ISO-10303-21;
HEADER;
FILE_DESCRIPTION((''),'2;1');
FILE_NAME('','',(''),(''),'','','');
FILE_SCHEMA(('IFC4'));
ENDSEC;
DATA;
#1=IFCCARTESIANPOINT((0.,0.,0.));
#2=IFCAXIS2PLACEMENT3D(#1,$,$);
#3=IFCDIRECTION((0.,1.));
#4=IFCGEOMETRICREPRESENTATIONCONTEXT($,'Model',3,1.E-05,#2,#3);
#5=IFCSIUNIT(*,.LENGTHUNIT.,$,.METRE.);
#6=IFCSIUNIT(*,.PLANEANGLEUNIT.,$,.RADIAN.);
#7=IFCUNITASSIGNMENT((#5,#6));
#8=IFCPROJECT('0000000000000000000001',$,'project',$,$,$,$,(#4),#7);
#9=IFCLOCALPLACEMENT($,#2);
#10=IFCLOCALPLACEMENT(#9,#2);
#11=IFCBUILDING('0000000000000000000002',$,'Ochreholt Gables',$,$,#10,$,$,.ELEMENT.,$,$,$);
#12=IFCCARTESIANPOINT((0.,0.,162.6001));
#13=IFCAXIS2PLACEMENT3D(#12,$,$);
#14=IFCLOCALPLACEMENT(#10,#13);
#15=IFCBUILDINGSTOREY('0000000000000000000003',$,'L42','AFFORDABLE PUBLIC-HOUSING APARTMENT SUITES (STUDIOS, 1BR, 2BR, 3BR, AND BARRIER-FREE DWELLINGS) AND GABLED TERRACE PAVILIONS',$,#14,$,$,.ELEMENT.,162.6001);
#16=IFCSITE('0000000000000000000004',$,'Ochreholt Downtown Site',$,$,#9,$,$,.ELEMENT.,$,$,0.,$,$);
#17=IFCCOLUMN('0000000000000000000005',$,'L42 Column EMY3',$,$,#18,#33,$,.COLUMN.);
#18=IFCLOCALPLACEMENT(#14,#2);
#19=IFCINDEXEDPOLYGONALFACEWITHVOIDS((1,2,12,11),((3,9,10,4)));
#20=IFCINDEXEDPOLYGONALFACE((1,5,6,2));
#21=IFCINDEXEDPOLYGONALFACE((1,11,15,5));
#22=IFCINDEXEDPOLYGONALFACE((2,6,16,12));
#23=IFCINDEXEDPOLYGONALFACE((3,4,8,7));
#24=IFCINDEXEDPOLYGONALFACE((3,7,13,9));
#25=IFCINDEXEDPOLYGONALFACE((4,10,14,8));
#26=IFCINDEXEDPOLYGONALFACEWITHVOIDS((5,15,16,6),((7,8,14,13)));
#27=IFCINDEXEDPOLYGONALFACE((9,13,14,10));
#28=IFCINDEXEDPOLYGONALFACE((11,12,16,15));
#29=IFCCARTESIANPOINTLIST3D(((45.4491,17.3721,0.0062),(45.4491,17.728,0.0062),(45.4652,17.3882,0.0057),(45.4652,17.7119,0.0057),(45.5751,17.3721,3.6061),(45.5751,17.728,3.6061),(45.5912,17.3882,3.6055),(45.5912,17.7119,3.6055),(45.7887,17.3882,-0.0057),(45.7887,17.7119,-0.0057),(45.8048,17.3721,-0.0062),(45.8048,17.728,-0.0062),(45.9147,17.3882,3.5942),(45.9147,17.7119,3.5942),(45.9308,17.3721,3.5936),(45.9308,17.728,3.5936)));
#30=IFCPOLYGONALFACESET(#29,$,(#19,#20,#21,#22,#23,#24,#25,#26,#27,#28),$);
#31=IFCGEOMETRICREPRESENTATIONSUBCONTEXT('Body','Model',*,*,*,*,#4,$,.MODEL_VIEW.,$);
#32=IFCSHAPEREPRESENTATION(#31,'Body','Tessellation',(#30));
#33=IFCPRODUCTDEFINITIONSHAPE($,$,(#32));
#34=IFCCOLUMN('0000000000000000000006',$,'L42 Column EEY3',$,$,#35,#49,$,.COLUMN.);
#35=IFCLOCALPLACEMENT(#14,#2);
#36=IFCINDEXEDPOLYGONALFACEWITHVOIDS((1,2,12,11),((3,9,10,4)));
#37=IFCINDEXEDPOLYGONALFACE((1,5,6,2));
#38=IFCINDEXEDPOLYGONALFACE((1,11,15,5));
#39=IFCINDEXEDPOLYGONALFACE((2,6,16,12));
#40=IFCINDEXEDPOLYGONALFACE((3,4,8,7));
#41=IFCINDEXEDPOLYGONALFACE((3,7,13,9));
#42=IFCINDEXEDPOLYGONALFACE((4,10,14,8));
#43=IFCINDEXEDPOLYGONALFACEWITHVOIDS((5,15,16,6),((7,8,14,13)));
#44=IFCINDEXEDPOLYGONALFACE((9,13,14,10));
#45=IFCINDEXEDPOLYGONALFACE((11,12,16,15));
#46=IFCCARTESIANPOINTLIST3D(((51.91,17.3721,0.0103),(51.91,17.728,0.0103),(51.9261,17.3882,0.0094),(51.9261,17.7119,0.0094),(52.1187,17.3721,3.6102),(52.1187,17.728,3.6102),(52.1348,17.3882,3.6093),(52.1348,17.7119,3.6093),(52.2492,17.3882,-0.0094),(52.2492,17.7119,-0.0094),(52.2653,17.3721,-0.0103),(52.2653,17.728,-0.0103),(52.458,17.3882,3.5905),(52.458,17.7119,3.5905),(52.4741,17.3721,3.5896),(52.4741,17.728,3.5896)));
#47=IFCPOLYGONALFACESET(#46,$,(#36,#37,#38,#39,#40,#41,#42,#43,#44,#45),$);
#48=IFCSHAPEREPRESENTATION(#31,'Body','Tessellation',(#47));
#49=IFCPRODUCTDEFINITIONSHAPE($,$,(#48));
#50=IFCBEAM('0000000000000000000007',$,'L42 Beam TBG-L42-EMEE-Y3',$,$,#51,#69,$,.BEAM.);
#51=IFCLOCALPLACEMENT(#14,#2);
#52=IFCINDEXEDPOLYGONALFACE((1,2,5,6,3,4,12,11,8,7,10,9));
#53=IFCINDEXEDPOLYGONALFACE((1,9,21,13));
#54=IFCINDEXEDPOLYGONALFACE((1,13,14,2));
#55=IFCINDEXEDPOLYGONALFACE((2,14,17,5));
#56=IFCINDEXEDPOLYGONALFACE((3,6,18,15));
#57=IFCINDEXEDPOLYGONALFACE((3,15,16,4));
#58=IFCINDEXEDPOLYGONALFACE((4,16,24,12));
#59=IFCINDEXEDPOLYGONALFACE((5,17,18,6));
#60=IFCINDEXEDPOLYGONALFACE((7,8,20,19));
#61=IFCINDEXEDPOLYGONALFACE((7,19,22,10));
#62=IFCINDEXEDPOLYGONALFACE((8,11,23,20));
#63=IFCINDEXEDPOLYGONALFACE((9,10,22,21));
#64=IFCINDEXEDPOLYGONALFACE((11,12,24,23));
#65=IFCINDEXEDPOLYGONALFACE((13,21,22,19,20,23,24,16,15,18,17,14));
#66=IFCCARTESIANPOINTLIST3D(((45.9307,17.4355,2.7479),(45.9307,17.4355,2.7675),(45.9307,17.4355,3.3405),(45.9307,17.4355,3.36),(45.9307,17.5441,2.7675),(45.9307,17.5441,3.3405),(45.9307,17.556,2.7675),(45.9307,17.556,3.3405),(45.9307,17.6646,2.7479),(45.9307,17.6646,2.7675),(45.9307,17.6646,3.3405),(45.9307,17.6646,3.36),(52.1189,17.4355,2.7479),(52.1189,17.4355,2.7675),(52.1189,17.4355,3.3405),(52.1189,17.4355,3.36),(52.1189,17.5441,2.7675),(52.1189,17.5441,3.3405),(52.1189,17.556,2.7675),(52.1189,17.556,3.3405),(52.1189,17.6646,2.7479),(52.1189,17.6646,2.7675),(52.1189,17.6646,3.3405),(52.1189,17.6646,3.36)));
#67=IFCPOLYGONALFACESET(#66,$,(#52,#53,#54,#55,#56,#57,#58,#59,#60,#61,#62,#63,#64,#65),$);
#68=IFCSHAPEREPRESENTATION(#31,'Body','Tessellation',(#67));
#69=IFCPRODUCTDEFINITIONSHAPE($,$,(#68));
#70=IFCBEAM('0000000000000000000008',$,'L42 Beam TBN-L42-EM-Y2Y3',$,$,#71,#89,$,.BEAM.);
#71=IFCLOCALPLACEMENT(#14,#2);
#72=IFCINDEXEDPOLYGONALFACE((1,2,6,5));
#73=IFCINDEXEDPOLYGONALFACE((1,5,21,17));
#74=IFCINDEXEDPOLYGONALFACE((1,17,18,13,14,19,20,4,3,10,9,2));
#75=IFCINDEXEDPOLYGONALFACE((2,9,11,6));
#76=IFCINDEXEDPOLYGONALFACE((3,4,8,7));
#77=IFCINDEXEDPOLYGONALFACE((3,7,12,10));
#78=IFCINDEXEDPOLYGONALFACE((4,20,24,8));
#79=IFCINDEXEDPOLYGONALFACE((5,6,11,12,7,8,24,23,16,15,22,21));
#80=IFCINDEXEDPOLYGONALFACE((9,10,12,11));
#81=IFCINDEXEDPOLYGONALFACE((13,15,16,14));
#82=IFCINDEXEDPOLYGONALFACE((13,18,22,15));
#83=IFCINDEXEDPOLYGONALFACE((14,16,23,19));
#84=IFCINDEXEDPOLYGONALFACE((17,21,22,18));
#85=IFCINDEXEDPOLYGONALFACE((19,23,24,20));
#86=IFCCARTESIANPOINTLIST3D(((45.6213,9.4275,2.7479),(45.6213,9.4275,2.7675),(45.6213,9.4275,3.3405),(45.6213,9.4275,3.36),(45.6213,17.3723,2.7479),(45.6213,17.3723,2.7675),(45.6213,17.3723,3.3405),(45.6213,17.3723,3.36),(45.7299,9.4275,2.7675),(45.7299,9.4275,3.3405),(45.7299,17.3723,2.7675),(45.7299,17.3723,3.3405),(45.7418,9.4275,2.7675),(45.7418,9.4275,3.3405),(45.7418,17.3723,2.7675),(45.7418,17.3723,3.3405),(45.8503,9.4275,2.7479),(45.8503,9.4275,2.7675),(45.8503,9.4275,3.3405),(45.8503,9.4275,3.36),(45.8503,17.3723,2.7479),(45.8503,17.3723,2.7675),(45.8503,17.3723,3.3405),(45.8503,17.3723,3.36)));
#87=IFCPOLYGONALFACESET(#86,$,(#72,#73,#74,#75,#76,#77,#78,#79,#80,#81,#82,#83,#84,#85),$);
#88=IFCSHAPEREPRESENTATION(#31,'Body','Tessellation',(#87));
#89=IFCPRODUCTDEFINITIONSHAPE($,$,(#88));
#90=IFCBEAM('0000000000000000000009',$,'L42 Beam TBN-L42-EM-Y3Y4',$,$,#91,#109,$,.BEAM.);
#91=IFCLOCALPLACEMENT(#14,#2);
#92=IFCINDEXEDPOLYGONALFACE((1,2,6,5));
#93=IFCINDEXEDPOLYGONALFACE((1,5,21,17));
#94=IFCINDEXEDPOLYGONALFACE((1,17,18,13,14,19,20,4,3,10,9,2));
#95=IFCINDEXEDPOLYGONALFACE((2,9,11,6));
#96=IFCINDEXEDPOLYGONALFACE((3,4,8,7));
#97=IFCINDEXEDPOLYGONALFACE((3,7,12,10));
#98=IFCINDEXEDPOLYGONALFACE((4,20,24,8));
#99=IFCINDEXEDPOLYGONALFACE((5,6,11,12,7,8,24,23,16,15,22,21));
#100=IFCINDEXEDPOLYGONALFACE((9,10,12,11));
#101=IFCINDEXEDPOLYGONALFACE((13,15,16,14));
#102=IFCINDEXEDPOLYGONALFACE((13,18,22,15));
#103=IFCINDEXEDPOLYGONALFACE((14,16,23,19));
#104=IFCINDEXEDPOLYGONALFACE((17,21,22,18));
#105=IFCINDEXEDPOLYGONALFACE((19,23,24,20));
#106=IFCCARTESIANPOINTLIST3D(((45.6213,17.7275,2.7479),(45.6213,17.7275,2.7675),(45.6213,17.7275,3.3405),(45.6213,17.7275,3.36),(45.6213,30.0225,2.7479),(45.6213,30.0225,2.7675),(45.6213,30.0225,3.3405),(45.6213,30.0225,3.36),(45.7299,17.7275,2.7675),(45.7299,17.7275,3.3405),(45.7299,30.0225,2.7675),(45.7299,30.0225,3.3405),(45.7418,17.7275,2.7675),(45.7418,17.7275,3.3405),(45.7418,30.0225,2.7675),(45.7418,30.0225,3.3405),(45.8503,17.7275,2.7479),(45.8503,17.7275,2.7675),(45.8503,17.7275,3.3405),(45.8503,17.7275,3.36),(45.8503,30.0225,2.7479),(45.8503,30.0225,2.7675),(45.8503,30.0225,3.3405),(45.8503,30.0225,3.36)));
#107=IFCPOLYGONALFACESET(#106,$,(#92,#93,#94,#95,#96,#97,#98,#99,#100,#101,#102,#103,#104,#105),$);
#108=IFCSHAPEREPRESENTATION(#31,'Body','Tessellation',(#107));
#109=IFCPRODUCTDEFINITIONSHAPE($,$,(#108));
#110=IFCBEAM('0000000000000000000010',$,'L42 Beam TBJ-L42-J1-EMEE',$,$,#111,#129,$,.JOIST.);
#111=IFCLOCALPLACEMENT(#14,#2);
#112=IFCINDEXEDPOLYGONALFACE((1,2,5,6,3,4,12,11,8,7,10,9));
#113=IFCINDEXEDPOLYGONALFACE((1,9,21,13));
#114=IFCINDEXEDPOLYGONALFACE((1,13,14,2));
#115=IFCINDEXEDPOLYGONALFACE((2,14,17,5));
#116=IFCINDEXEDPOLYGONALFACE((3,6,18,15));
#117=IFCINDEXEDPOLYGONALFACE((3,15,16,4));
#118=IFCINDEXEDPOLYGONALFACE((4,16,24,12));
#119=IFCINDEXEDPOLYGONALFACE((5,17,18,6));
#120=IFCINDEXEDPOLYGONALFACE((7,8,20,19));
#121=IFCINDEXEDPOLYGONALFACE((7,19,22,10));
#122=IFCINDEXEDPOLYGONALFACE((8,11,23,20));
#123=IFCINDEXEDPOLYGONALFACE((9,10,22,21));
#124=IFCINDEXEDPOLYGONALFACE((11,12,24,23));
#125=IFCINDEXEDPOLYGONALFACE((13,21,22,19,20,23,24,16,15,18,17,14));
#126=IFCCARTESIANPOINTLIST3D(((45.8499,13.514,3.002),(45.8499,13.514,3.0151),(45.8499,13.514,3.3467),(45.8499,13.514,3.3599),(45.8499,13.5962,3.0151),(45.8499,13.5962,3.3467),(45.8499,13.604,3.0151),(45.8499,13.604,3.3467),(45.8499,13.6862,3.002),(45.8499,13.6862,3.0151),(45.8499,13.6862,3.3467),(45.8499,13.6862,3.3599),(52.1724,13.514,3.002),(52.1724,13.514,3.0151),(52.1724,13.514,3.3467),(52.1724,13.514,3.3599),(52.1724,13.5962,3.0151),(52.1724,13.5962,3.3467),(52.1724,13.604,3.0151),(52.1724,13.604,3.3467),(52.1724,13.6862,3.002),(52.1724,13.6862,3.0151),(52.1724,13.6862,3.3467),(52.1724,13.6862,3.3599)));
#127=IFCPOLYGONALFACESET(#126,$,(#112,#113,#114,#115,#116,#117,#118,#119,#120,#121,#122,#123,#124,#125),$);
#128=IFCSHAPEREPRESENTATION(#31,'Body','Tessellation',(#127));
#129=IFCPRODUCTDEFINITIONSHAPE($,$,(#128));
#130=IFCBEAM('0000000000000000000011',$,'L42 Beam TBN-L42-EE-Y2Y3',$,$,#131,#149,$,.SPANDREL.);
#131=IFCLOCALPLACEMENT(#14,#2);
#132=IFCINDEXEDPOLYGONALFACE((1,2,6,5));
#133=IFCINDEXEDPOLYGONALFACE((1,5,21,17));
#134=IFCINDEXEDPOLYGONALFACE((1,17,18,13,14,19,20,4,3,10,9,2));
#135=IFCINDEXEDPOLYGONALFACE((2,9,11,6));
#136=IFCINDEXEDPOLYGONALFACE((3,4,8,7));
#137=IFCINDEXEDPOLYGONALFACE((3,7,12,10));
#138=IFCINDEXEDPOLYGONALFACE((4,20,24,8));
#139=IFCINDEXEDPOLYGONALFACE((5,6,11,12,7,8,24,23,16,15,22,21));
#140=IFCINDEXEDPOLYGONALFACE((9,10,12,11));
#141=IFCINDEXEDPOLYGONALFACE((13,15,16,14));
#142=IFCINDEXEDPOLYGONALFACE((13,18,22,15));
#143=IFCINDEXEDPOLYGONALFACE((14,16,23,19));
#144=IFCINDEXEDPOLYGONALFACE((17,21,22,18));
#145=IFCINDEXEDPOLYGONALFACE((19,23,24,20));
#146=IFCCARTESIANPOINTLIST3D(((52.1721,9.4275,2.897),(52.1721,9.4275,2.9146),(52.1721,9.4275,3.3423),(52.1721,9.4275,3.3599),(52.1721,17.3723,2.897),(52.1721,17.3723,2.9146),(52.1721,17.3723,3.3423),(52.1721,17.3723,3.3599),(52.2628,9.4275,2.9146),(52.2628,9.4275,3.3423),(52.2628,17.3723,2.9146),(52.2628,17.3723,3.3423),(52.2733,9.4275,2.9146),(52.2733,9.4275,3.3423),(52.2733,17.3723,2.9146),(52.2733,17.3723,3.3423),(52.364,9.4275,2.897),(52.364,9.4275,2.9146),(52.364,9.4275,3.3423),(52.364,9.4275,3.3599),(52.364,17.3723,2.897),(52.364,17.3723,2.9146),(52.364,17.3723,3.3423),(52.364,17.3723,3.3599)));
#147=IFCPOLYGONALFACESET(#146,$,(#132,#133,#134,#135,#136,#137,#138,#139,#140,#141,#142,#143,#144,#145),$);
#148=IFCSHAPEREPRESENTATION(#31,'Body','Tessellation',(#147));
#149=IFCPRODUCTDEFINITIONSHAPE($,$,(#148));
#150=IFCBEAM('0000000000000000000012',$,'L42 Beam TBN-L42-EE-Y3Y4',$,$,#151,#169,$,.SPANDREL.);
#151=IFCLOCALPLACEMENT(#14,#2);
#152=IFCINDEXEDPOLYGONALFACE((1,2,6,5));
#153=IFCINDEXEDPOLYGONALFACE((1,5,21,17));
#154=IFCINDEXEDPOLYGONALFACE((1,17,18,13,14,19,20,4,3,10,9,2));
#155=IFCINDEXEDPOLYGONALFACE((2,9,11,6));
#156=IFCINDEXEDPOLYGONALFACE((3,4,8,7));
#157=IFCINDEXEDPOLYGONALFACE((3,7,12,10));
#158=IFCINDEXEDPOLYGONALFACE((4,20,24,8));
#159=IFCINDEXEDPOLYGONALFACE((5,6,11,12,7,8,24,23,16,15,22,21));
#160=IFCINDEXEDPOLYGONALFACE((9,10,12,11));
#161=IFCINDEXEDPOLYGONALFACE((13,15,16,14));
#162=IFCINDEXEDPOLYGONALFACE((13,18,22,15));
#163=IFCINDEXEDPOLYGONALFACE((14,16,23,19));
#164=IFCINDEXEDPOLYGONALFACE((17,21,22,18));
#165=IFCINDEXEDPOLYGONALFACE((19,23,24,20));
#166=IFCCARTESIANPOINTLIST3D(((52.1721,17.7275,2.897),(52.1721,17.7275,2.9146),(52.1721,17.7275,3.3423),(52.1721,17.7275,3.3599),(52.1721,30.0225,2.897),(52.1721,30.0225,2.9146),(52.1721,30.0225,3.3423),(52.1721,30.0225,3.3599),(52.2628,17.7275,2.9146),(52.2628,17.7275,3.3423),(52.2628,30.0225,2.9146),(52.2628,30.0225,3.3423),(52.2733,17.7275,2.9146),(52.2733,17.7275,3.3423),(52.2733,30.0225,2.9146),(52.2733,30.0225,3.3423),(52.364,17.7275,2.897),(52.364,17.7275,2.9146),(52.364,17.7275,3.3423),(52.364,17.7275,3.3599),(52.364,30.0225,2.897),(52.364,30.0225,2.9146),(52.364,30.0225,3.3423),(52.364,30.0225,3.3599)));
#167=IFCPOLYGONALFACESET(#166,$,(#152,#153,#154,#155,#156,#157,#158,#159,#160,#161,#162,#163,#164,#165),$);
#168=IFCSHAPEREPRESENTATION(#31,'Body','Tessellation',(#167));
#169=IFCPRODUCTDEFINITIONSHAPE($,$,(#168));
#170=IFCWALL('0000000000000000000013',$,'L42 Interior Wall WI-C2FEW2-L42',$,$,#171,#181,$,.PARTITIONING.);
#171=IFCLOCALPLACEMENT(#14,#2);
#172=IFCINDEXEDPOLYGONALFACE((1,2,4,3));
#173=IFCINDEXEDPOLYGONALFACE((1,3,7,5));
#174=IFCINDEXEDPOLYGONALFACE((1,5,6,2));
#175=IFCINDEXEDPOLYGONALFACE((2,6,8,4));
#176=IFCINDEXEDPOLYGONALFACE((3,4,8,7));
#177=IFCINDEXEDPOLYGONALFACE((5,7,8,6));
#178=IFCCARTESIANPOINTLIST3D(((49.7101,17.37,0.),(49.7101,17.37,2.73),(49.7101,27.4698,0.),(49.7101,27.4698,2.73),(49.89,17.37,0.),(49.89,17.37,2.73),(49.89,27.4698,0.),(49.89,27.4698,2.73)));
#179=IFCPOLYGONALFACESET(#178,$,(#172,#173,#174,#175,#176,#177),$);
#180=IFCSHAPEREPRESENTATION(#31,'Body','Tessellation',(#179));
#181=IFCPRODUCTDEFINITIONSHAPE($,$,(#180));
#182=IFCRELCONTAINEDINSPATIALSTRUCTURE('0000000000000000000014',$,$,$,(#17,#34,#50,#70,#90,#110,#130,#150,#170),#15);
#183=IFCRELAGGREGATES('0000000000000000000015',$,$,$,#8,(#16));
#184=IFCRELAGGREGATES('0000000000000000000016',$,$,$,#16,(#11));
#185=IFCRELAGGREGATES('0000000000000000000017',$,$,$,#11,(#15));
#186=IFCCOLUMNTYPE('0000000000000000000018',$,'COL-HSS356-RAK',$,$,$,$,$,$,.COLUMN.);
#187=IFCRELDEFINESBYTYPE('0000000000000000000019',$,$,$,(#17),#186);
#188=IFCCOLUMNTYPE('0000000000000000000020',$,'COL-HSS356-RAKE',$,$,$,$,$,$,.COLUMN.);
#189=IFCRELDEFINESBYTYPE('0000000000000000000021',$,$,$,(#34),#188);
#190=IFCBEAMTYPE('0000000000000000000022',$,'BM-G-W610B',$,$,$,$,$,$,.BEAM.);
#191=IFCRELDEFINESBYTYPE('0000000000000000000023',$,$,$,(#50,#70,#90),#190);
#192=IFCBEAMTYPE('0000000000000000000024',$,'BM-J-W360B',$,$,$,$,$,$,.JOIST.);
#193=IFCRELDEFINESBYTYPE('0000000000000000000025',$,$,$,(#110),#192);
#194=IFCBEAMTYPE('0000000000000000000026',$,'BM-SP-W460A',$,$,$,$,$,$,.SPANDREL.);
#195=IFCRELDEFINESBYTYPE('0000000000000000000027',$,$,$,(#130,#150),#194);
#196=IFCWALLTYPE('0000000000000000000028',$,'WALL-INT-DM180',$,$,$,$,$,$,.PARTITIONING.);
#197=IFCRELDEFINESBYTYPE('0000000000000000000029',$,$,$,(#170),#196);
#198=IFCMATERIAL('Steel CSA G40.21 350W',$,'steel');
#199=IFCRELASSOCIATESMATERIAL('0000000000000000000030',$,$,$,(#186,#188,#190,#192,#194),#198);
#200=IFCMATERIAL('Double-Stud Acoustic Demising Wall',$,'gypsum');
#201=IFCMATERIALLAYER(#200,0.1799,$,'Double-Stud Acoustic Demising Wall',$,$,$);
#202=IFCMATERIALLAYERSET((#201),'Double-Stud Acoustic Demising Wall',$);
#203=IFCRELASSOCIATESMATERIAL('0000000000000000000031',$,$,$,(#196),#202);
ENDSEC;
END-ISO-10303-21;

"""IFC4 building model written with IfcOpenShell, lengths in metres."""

from ifc_helpers import new_model, si_unit, direction, frame, frame_2d, origin, origin_2d, place, context, subcontext, project, spatial, rectangle, hollow_rectangle, i_section, extrude, material, layer, layer_set, material_profile, profile_set, type_object, element, save


model = new_model("IFC4")

# Units and contexts
model_context = context("Model", 3, precision=1e-05, world=origin(), true_north=direction((0.0, 1.0)))
body_context = subcontext(model_context, "Body", "Model", "MODEL_VIEW")
ifc_project = project(units=[si_unit("LENGTHUNIT", "METRE"), si_unit("PLANEANGLEUNIT", "RADIAN")], contexts=[model_context])

# Site, building, storey
site_placement = place(None, origin())
site = spatial("IfcSite", under=ifc_project, at=site_placement, Name="Ochreholt Downtown Site", CompositionType="ELEMENT", RefElevation=0.0)
building_placement = place(site_placement, origin())
building = spatial("IfcBuilding", under=site, at=building_placement, Name="Ochreholt Gables", CompositionType="ELEMENT")
storey_placement = place(building_placement, frame((0.0, 0.0, 162.6001)))
storey = spatial("IfcBuildingStorey", under=building, at=storey_placement, Name="L42", Description="AFFORDABLE PUBLIC-HOUSING APARTMENT SUITES (STUDIOS, 1BR, 2BR, 3BR, AND BARRIER-FREE DWELLINGS) AND GABLED TERRACE PAVILIONS", CompositionType="ELEMENT", Elevation=162.6001)

# Columns
ifc_material_1 = material(Name="Steel CSA G40.21 350W", Category="steel")
ifc_material_profile_1 = material_profile(ifc_material_1, hollow_rectangle(XDim=0.356, YDim=0.356, WallThickness=0.0161, at=origin_2d()), Name="HSS356X356X16")
ifc_profile_set_1 = profile_set([ifc_material_profile_1], Name="Steel CSA G40.21 350W")
column_type_1 = type_object("IfcColumnType", Name="COL-HSS356-RAK", PredefinedType="COLUMN", material=ifc_profile_set_1)
column_1_placement = place(storey_placement, frame((45.627, 17.55, 0.0), z_axis=(0.034974, 0.0, 0.999388), x_axis=(0.0, 1.0, 0.0)))
element("IfcColumn", 1, at=column_1_placement, inside=storey, type_object=column_type_1, Name="L42 Column EMY3", PredefinedType="COLUMN", context=body_context, shape_type="SweptSolid", body=[
    extrude(hollow_rectangle(XDim=0.356, YDim=0.356, WallThickness=0.0161, at=origin_2d()), origin(), (0.0, 0.0, 1.0), 3.6021),
])
ifc_material_profile_2 = material_profile(ifc_material_1, hollow_rectangle(XDim=0.356, YDim=0.356, WallThickness=0.0161, at=origin_2d()), Name="HSS356X356X16")
ifc_profile_set_2 = profile_set([ifc_material_profile_2], Name="Steel CSA G40.21 350W")
column_type_2 = type_object("IfcColumnType", Name="COL-HSS356-RAKE", PredefinedType="COLUMN", material=ifc_profile_set_2)
column_2_placement = place(storey_placement, frame((52.0876, 17.55, 0.0), z_axis=(0.057889, 0.0, 0.998323), x_axis=(0.0, 1.0, 0.0)))
element("IfcColumn", 2, at=column_2_placement, inside=storey, type_object=column_type_2, Name="L42 Column EEY3", PredefinedType="COLUMN", context=body_context, shape_type="SweptSolid", body=[
    extrude(hollow_rectangle(XDim=0.356, YDim=0.356, WallThickness=0.0161, at=origin_2d()), origin(), (0.0, 0.0, 1.0), 3.606),
])

# Beams
ifc_material_profile_3 = material_profile(ifc_material_1, i_section(OverallWidth=0.229, OverallDepth=0.6121, WebThickness=0.012, FlangeThickness=0.0195, at=origin_2d()), Name="W610X125")
ifc_profile_set_3 = profile_set([ifc_material_profile_3], Name="Steel CSA G40.21 350W")
beam_type_1 = type_object("IfcBeamType", Name="BM-G-W610B", PredefinedType="BEAM", material=ifc_profile_set_3)
beam_1_placement = place(storey_placement, frame((45.9307, 17.55, 3.054), z_axis=(1.0, 0.0, 0.0), x_axis=(0.0, 1.0, 0.0)))
element("IfcBeam", 3, at=beam_1_placement, inside=storey, type_object=beam_type_1, Name="L42 Beam TBG-L42-EMEE-Y3", PredefinedType="BEAM", context=body_context, shape_type="SweptSolid", body=[
    extrude(i_section(OverallWidth=0.229, OverallDepth=0.6121, WebThickness=0.012, FlangeThickness=0.0195, at=origin_2d()), origin(), (0.0, 0.0, 1.0), 6.1882),
])
beam_2_placement = place(storey_placement, frame((45.7358, 9.4275, 3.054), z_axis=(0.0, 1.0, 0.0), x_axis=(-1.0, 0.0, 0.0)))
element("IfcBeam", 4, at=beam_2_placement, inside=storey, type_object=beam_type_1, Name="L42 Beam TBN-L42-EM-Y2Y3", PredefinedType="BEAM", context=body_context, shape_type="SweptSolid", body=[
    extrude(i_section(OverallWidth=0.229, OverallDepth=0.6121, WebThickness=0.012, FlangeThickness=0.0195, at=origin_2d()), origin(), (0.0, 0.0, 1.0), 7.9448),
])
beam_3_placement = place(storey_placement, frame((45.7358, 17.7275, 3.054), z_axis=(0.0, 1.0, 0.0), x_axis=(-1.0, 0.0, 0.0)))
element("IfcBeam", 5, at=beam_3_placement, inside=storey, type_object=beam_type_1, Name="L42 Beam TBN-L42-EM-Y3Y4", PredefinedType="BEAM", context=body_context, shape_type="SweptSolid", body=[
    extrude(i_section(OverallWidth=0.229, OverallDepth=0.6121, WebThickness=0.012, FlangeThickness=0.0195, at=origin_2d()), origin(), (0.0, 0.0, 1.0), 12.2949),
])
ifc_material_profile_4 = material_profile(ifc_material_1, i_section(OverallWidth=0.1721, OverallDepth=0.3579, WebThickness=0.0078, FlangeThickness=0.0132, at=origin_2d()), Name="W360X57")
ifc_profile_set_4 = profile_set([ifc_material_profile_4], Name="Steel CSA G40.21 350W")
beam_type_2 = type_object("IfcBeamType", Name="BM-J-W360B", PredefinedType="JOIST", material=ifc_profile_set_4)
beam_4_placement = place(storey_placement, frame((45.8499, 13.6001, 3.1809), z_axis=(1.0, 0.0, 0.0), x_axis=(0.0, 1.0, 0.0)))
element("IfcBeam", 6, at=beam_4_placement, inside=storey, type_object=beam_type_2, Name="L42 Beam TBJ-L42-J1-EMEE", PredefinedType="JOIST", context=body_context, shape_type="SweptSolid", body=[
    extrude(i_section(OverallWidth=0.1721, OverallDepth=0.3579, WebThickness=0.0078, FlangeThickness=0.0132, at=origin_2d()), origin(), (0.0, 0.0, 1.0), 6.3225),
])
ifc_material_profile_5 = material_profile(ifc_material_1, i_section(OverallWidth=0.1919, OverallDepth=0.4629, WebThickness=0.0105, FlangeThickness=0.0176, at=origin_2d()), Name="W460X89")
ifc_profile_set_5 = profile_set([ifc_material_profile_5], Name="Steel CSA G40.21 350W")
beam_type_3 = type_object("IfcBeamType", Name="BM-SP-W460A", PredefinedType="SPANDREL", material=ifc_profile_set_5)
beam_5_placement = place(storey_placement, frame((52.2681, 9.4275, 3.1284), z_axis=(0.0, 1.0, 0.0), x_axis=(-1.0, 0.0, 0.0)))
element("IfcBeam", 7, at=beam_5_placement, inside=storey, type_object=beam_type_3, Name="L42 Beam TBN-L42-EE-Y2Y3", PredefinedType="SPANDREL", context=body_context, shape_type="SweptSolid", body=[
    extrude(i_section(OverallWidth=0.1919, OverallDepth=0.4629, WebThickness=0.0105, FlangeThickness=0.0176, at=origin_2d()), origin(), (0.0, 0.0, 1.0), 7.9448),
])
beam_6_placement = place(storey_placement, frame((52.2681, 17.7275, 3.1284), z_axis=(0.0, 1.0, 0.0), x_axis=(-1.0, 0.0, 0.0)))
element("IfcBeam", 8, at=beam_6_placement, inside=storey, type_object=beam_type_3, Name="L42 Beam TBN-L42-EE-Y3Y4", PredefinedType="SPANDREL", context=body_context, shape_type="SweptSolid", body=[
    extrude(i_section(OverallWidth=0.1919, OverallDepth=0.4629, WebThickness=0.0105, FlangeThickness=0.0176, at=origin_2d()), origin(), (0.0, 0.0, 1.0), 12.2949),
])

# Wall
ifc_material_2 = material(Name="Double-Stud Acoustic Demising Wall", Category="gypsum")
ifc_layer_1 = layer(ifc_material_2, 0.1799, Name="Double-Stud Acoustic Demising Wall")
ifc_layer_set_1 = layer_set([ifc_layer_1], Name="Double-Stud Acoustic Demising Wall")
wall_type_1 = type_object("IfcWallType", Name="WALL-INT-DM180", PredefinedType="PARTITIONING", material=ifc_layer_set_1)
wall_1_placement = place(storey_placement, frame((49.8, 17.3701, 0.0), z_axis=(0.0, 0.0, 1.0), x_axis=(0.0, 1.0, 0.0)))
element("IfcWall", 9, at=wall_1_placement, inside=storey, type_object=wall_type_1, Name="L42 Interior Wall WI-C2FEW2-L42", PredefinedType="PARTITIONING", context=body_context, shape_type="SweptSolid", body=[
    extrude(rectangle(XDim=10.0999, YDim=0.1799, at=frame_2d((5.0498, 0.0))), origin(), (0.0, 0.0, 1.0), 2.73),
])

save(model, "model.ifc")
